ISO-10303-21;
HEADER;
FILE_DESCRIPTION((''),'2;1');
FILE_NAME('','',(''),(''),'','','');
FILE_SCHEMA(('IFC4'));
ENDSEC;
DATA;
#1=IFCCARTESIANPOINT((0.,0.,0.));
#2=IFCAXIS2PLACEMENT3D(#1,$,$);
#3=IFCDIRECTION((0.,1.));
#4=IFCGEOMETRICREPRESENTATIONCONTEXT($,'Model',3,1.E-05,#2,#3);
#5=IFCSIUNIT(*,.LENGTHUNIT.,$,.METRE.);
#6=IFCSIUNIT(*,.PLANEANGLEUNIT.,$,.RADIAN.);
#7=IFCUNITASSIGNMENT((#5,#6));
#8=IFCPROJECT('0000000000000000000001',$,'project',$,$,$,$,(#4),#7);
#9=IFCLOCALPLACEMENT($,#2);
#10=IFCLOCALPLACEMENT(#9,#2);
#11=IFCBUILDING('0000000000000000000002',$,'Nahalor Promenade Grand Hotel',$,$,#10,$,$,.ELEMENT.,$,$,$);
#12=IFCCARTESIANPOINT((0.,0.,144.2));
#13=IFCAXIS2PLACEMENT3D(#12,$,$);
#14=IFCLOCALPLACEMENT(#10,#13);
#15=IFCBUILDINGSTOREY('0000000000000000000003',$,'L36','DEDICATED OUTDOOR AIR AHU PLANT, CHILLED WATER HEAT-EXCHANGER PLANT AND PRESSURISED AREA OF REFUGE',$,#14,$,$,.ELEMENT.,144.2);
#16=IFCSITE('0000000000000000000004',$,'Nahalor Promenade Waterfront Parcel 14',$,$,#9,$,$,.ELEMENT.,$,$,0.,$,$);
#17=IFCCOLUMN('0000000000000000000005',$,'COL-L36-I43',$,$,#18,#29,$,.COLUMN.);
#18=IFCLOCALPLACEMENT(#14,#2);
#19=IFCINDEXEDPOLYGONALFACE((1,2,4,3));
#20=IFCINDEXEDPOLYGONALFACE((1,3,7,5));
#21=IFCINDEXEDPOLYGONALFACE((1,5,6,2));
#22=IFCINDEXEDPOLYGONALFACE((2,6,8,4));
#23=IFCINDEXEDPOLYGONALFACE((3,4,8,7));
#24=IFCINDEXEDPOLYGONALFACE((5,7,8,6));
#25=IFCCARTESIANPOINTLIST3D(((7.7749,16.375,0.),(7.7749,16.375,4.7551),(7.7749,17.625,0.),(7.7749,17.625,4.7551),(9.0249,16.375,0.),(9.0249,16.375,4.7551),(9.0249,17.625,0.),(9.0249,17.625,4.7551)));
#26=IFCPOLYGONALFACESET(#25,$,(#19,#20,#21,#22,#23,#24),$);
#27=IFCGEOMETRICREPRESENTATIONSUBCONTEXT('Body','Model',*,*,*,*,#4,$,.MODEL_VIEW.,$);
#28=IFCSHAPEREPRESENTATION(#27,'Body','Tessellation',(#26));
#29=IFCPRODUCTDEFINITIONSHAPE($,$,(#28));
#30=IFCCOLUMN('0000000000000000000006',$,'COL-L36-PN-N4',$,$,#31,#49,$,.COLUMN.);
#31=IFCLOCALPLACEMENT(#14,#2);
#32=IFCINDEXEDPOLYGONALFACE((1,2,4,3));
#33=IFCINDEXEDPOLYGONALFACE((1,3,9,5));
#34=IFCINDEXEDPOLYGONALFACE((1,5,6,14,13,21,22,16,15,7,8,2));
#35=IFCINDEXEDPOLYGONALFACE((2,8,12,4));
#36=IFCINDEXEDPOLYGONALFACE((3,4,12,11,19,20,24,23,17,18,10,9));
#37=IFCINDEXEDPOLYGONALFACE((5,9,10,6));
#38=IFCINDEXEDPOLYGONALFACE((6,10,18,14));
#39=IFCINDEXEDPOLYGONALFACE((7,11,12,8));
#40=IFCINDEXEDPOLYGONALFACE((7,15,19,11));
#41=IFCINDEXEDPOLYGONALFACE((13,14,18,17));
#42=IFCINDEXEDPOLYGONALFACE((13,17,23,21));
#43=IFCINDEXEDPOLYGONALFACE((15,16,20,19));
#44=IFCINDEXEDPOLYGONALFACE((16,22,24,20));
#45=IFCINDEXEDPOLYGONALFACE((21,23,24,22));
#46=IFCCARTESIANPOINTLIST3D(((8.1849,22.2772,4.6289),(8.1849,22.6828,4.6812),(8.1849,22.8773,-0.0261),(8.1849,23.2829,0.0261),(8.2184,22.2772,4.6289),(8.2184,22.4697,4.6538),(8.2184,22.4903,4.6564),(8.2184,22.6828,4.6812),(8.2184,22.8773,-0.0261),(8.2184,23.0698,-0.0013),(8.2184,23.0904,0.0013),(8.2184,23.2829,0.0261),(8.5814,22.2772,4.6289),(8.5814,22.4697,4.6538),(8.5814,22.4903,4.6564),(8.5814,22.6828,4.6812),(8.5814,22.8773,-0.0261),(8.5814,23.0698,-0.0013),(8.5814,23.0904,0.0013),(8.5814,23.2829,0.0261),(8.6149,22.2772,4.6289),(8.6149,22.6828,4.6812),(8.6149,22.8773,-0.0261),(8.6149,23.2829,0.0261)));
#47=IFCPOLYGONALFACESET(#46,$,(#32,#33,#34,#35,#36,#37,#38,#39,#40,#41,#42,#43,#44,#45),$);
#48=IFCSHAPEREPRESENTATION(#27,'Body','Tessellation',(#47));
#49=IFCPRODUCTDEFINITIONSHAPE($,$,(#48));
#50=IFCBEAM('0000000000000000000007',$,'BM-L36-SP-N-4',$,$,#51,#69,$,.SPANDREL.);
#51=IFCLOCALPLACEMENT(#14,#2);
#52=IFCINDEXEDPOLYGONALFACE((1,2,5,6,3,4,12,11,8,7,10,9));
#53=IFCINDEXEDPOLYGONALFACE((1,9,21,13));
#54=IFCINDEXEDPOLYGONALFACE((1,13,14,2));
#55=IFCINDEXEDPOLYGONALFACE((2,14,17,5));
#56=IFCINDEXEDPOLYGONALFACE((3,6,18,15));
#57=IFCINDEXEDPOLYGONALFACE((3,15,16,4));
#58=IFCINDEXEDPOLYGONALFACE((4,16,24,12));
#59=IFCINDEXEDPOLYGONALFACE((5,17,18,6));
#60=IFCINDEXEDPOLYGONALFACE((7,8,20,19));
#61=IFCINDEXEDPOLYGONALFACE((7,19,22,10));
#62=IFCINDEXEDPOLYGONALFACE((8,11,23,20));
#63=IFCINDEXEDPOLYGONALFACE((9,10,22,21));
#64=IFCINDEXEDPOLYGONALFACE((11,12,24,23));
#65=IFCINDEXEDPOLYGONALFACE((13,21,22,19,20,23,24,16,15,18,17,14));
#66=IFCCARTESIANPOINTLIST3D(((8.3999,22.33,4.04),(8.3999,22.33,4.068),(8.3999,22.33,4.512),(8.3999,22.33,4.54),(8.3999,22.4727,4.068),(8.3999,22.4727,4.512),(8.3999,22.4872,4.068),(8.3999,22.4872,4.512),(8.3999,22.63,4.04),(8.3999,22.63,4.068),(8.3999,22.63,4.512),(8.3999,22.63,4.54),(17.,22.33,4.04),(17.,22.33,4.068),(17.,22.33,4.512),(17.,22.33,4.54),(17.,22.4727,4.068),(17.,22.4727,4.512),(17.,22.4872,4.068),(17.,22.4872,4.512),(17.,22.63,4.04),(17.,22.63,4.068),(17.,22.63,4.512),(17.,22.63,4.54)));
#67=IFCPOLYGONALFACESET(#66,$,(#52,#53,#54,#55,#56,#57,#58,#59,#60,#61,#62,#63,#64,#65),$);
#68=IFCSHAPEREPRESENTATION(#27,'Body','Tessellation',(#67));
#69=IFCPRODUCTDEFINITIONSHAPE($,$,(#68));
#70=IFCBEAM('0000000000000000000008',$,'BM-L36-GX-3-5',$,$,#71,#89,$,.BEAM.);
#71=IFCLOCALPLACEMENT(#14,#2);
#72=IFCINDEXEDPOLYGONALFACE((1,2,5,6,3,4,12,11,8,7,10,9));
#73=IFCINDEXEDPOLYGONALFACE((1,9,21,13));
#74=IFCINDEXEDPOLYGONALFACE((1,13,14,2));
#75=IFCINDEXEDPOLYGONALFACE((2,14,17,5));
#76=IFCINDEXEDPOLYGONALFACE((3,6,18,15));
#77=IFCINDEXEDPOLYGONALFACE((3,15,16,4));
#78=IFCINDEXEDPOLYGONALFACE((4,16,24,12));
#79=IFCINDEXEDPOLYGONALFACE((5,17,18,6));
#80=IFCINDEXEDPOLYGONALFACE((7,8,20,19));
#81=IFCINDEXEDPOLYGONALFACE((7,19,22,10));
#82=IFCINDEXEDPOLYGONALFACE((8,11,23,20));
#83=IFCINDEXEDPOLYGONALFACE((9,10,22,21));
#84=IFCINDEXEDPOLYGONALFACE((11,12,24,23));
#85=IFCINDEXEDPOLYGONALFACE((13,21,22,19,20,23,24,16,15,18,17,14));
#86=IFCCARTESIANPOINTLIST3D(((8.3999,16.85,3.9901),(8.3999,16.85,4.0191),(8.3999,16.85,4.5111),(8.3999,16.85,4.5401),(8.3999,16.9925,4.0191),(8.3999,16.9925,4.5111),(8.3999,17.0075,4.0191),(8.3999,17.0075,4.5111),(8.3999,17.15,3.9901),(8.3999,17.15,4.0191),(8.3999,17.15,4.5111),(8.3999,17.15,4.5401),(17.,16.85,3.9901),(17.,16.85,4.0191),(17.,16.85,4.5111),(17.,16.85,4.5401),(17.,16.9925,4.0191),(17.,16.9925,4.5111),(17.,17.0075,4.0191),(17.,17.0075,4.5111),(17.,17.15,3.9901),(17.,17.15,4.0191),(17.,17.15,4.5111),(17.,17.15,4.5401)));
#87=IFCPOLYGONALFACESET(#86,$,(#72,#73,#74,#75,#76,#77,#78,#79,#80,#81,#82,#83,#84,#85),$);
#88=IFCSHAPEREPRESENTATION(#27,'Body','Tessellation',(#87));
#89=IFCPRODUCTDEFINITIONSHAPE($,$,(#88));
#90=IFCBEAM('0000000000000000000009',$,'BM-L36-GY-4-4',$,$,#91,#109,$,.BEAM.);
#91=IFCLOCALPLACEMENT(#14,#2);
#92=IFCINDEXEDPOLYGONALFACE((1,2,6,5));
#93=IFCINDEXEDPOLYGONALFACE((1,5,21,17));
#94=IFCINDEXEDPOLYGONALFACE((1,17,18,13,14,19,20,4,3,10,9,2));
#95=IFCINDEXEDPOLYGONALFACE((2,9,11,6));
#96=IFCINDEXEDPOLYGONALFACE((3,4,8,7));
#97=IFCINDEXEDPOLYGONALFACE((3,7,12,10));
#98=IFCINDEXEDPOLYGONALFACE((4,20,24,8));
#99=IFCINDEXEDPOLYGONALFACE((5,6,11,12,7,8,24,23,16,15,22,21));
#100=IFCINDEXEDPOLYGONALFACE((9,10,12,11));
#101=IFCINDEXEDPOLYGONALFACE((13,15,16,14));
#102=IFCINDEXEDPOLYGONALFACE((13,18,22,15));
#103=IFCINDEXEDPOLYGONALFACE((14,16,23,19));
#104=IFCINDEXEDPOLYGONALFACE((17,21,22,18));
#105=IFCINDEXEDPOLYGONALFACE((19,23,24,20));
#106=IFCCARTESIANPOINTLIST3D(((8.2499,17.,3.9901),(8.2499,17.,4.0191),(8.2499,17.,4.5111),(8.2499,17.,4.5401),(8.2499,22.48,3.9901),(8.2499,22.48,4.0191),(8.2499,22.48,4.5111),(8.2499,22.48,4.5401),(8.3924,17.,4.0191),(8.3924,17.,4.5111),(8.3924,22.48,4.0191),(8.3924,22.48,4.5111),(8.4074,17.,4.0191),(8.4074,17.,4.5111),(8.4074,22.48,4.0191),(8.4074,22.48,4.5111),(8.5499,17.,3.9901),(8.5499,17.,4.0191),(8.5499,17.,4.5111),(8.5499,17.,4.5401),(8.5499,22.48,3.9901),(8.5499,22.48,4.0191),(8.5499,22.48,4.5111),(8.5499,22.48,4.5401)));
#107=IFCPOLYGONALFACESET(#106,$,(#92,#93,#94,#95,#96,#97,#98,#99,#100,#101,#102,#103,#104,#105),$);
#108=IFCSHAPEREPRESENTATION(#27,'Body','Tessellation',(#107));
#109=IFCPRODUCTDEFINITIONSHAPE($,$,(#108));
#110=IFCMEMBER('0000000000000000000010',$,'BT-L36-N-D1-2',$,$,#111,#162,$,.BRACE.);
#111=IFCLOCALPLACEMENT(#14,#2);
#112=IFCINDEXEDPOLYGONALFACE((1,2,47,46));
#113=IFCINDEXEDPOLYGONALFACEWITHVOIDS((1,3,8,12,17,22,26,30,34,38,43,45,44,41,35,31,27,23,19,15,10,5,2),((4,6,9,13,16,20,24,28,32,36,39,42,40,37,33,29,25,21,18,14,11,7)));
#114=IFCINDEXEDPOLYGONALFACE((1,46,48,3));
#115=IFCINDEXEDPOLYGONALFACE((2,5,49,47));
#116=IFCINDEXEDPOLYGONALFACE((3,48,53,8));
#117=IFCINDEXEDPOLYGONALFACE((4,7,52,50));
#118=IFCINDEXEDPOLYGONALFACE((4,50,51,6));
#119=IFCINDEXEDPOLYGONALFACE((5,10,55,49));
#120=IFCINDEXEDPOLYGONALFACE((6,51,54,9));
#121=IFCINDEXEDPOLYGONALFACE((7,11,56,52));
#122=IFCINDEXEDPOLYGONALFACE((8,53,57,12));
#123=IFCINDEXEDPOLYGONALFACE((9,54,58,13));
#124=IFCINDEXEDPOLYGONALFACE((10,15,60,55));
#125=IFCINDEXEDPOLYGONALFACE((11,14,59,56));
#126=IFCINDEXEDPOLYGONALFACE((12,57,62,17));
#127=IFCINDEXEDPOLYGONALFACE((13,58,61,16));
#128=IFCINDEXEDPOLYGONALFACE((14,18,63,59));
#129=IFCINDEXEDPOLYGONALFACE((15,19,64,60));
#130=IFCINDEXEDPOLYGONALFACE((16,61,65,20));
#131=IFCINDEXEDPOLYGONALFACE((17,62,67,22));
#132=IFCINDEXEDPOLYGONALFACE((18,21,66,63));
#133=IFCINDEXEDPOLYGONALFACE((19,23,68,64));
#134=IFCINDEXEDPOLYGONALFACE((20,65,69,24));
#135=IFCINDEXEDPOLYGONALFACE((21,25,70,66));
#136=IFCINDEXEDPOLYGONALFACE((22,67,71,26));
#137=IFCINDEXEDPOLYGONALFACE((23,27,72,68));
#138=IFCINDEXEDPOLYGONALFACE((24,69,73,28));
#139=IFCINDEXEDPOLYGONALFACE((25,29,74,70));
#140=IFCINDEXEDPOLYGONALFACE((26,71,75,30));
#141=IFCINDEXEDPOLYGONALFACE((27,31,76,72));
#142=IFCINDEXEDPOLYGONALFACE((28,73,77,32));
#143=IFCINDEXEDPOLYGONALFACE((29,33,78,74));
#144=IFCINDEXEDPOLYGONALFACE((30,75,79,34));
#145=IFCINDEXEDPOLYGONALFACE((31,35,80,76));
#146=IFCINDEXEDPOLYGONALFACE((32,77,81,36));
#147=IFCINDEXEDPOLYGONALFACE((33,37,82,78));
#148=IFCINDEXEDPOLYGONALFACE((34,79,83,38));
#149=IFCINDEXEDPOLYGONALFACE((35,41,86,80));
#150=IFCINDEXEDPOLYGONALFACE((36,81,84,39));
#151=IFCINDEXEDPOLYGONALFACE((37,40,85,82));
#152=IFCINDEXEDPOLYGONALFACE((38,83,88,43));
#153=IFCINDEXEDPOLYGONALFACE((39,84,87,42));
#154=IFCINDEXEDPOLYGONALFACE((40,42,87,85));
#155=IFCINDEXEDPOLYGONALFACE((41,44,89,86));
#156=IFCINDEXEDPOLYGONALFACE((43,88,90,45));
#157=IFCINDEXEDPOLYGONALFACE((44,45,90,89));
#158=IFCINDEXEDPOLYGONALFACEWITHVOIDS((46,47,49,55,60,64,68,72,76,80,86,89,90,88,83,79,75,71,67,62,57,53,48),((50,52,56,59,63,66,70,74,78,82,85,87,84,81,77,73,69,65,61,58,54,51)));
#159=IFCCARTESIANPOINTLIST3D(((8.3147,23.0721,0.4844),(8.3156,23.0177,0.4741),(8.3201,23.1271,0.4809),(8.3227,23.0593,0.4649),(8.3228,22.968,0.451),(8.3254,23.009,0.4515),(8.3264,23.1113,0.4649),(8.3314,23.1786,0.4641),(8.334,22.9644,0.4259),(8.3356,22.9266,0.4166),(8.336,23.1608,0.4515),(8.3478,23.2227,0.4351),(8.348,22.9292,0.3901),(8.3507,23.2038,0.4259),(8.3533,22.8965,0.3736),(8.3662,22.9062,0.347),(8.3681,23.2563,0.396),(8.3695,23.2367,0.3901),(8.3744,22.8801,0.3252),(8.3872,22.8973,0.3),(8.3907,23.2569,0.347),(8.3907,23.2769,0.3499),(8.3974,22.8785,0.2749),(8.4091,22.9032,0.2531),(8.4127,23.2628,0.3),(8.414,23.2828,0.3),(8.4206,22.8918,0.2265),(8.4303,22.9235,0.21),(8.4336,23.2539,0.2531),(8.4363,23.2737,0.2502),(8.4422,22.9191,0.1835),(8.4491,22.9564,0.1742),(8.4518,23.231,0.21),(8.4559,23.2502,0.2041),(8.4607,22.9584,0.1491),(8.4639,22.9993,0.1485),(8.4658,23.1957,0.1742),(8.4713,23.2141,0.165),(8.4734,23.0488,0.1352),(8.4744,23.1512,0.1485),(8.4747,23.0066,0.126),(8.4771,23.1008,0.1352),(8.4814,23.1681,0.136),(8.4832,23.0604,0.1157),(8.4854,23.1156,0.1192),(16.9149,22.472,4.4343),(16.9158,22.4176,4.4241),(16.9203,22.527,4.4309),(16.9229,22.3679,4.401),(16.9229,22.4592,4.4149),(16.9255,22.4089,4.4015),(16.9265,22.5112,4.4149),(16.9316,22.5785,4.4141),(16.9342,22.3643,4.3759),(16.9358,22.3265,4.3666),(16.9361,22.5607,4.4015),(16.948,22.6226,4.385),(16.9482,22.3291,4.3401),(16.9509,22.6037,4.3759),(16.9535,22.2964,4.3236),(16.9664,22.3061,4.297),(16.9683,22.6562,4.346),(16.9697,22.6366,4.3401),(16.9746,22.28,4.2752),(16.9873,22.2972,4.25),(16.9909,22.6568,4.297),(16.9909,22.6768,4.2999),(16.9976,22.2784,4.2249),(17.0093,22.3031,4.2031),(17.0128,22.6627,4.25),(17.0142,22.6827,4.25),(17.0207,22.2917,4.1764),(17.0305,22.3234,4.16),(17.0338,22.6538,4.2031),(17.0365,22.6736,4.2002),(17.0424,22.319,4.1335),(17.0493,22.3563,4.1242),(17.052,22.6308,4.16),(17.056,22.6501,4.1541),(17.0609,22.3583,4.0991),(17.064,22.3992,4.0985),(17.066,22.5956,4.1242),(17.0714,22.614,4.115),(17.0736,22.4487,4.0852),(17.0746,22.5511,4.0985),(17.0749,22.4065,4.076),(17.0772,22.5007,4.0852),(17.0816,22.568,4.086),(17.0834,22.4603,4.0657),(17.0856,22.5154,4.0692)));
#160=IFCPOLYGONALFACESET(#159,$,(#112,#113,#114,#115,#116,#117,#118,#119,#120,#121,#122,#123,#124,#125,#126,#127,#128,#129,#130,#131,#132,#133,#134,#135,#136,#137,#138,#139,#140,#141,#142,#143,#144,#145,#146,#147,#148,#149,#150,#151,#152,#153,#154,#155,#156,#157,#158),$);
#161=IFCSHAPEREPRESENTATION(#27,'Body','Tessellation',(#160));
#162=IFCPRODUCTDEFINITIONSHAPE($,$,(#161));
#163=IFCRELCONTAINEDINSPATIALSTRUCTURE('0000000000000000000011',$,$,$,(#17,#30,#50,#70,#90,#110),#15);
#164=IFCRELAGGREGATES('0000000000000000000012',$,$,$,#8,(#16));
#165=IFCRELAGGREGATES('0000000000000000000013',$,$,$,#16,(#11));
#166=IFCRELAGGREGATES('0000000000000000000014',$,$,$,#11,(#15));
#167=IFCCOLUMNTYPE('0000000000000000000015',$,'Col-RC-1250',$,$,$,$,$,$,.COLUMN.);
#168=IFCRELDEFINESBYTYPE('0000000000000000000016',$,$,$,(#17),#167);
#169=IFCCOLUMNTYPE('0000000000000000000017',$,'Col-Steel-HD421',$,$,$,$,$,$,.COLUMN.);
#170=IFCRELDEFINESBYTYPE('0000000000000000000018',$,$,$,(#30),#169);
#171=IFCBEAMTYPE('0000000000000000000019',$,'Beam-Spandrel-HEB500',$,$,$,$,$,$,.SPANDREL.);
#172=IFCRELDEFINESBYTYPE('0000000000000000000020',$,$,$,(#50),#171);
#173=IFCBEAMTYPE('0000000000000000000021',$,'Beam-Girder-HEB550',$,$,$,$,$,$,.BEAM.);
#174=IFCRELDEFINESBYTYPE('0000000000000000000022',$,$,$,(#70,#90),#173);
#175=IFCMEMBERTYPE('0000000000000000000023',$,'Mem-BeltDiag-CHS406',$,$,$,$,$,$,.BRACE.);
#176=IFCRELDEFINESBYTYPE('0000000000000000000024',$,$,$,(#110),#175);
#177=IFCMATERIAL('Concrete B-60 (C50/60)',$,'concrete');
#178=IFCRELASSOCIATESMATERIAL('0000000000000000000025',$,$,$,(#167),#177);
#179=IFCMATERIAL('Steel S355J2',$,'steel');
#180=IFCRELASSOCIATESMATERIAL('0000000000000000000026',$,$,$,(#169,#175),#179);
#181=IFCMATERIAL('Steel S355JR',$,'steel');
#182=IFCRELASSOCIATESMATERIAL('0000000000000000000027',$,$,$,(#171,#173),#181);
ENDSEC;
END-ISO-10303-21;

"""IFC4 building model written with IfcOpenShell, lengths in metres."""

from ifc_helpers import new_model, si_unit, direction, frame, origin, origin_2d, place, context, subcontext, project, spatial, rectangle, hollow_circle, i_section, extrude, source, transform, mapped, material, material_profile, profile_set, type_object, element, save


model = new_model("IFC4")

# Units and contexts
model_context = context("Model", 3, precision=1e-05, world=origin(), true_north=direction((0.0, 1.0)))
body_context = subcontext(model_context, "Body", "Model", "MODEL_VIEW")
ifc_project = project(units=[si_unit("LENGTHUNIT", "METRE"), si_unit("PLANEANGLEUNIT", "RADIAN")], contexts=[model_context])

# Site, building, storey
site_placement = place(None, origin())
site = spatial("IfcSite", under=ifc_project, at=site_placement, Name="Nahalor Promenade Waterfront Parcel 14", CompositionType="ELEMENT", RefElevation=0.0)
building_placement = place(site_placement, origin())
building = spatial("IfcBuilding", under=site, at=building_placement, Name="Nahalor Promenade Grand Hotel", CompositionType="ELEMENT")
storey_placement = place(building_placement, frame((0.0, 0.0, 144.2)))
storey = spatial("IfcBuildingStorey", under=building, at=storey_placement, Name="L36", Description="DEDICATED OUTDOOR AIR AHU PLANT, CHILLED WATER HEAT-EXCHANGER PLANT AND PRESSURISED AREA OF REFUGE", CompositionType="ELEMENT", Elevation=144.2)

# Columns
ifc_material_1 = material(Name="Concrete B-60 (C50/60)", Category="concrete")
ifc_material_profile_1 = material_profile(ifc_material_1, rectangle(XDim=1.25, YDim=1.25, at=origin_2d()), Name="RC 1250x1250")
ifc_profile_set_1 = profile_set([ifc_material_profile_1], Name="Concrete B-60 (C50/60)")
column_type_1 = type_object("IfcColumnType", Name="Col-RC-1250", PredefinedType="COLUMN", material=ifc_profile_set_1)
shared_shape_1 = source(origin(), body_context, "Body", "SweptSolid", [
    extrude(rectangle(XDim=1.25, YDim=1.25, at=origin_2d()), origin(), (0.0, 0.0, 1.0), 4.7551),
])
column_1_placement = place(storey_placement, frame((8.3999, 17.0, 0.0), z_axis=(0.0, 0.0, 1.0), x_axis=(1.0, 0.0, 0.0)))
element("IfcColumn", 1, at=column_1_placement, inside=storey, type_object=column_type_1, Name="COL-L36-I43", PredefinedType="COLUMN", context=body_context, shape_type="MappedRepresentation", body=[
    mapped(shared_shape_1, transform((0.0, 0.0, 0.0), scale=1.0)),
])
ifc_material_2 = material(Name="Steel S355J2", Category="steel")
ifc_material_profile_2 = material_profile(ifc_material_2, i_section(OverallWidth=0.409, OverallDepth=0.43, WebThickness=0.0208, FlangeThickness=0.0335, at=origin_2d()), Name="HD 400x421")
ifc_profile_set_2 = profile_set([ifc_material_profile_2], Name="Steel S355J2")
column_type_2 = type_object("IfcColumnType", Name="Col-Steel-HD421", PredefinedType="COLUMN", material=ifc_profile_set_2)
shared_shape_2 = source(origin(), body_context, "Body", "SweptSolid", [
    extrude(i_section(OverallWidth=0.409, OverallDepth=0.43, WebThickness=0.0208, FlangeThickness=0.0335, at=origin_2d()), origin(), (0.0, 0.0, 1.0), 4.6936),
])
column_2_placement = place(storey_placement, frame((8.3999, 23.0801, 0.0), z_axis=(0.0, -0.127856, 0.991793), x_axis=(0.0, 0.991793, 0.127856)))
element("IfcColumn", 2, at=column_2_placement, inside=storey, type_object=column_type_2, Name="COL-L36-PN-N4", PredefinedType="COLUMN", context=body_context, shape_type="MappedRepresentation", body=[
    mapped(shared_shape_2, transform((0.0, 0.0, 0.0), scale=1.0)),
])

# Beams
ifc_material_3 = material(Name="Steel S355JR", Category="steel")
ifc_material_profile_3 = material_profile(ifc_material_3, i_section(OverallWidth=0.3, OverallDepth=0.5, WebThickness=0.0145, FlangeThickness=0.028, at=origin_2d()), Name="HEB 500")
ifc_profile_set_3 = profile_set([ifc_material_profile_3], Name="Steel S355JR")
beam_type_1 = type_object("IfcBeamType", Name="Beam-Spandrel-HEB500", PredefinedType="SPANDREL", material=ifc_profile_set_3)
shared_shape_3 = source(origin(), body_context, "Body", "SweptSolid", [
    extrude(i_section(OverallWidth=0.3, OverallDepth=0.5, WebThickness=0.0145, FlangeThickness=0.028, at=origin_2d()), origin(), (0.0, 0.0, 1.0), 8.6001),
])
beam_1_placement = place(storey_placement, frame((8.3999, 22.48, 4.29), z_axis=(1.0, 0.0, 0.0), x_axis=(0.0, 1.0, 0.0)))
element("IfcBeam", 3, at=beam_1_placement, inside=storey, type_object=beam_type_1, Name="BM-L36-SP-N-4", PredefinedType="SPANDREL", context=body_context, shape_type="MappedRepresentation", body=[
    mapped(shared_shape_3, transform((0.0, 0.0, 0.0), scale=1.0)),
])
ifc_material_profile_4 = material_profile(ifc_material_3, i_section(OverallWidth=0.3, OverallDepth=0.55, WebThickness=0.015, FlangeThickness=0.029, at=origin_2d()), Name="HEB 550")
ifc_profile_set_4 = profile_set([ifc_material_profile_4], Name="Steel S355JR")
beam_type_2 = type_object("IfcBeamType", Name="Beam-Girder-HEB550", PredefinedType="BEAM", material=ifc_profile_set_4)
shared_shape_4 = source(origin(), body_context, "Body", "SweptSolid", [
    extrude(i_section(OverallWidth=0.3, OverallDepth=0.55, WebThickness=0.015, FlangeThickness=0.029, at=origin_2d()), origin(), (0.0, 0.0, 1.0), 8.6001),
])
beam_2_placement = place(storey_placement, frame((8.3999, 17.0, 4.2651), z_axis=(1.0, 0.0, 0.0), x_axis=(0.0, 1.0, 0.0)))
element("IfcBeam", 4, at=beam_2_placement, inside=storey, type_object=beam_type_2, Name="BM-L36-GX-3-5", PredefinedType="BEAM", context=body_context, shape_type="MappedRepresentation", body=[
    mapped(shared_shape_4, transform((0.0, 0.0, 0.0), scale=1.0)),
])
shared_shape_5 = source(origin(), body_context, "Body", "SweptSolid", [
    extrude(i_section(OverallWidth=0.3, OverallDepth=0.55, WebThickness=0.015, FlangeThickness=0.029, at=origin_2d()), origin(), (0.0, 0.0, 1.0), 5.48),
])
beam_3_placement = place(storey_placement, frame((8.3999, 17.0, 4.2651), z_axis=(0.0, 1.0, 0.0), x_axis=(-1.0, 0.0, 0.0)))
element("IfcBeam", 5, at=beam_3_placement, inside=storey, type_object=beam_type_2, Name="BM-L36-GY-4-4", PredefinedType="BEAM", context=body_context, shape_type="MappedRepresentation", body=[
    mapped(shared_shape_5, transform((0.0, 0.0, 0.0), scale=1.0)),
])

# Member
ifc_material_profile_5 = material_profile(ifc_material_2, hollow_circle(Radius=0.2032, WallThickness=0.02, at=origin_2d()), Name="CHS 406.4x20")
ifc_profile_set_5 = profile_set([ifc_material_profile_5], Name="Steel S355J2")
member_type = type_object("IfcMemberType", Name="Mem-BeltDiag-CHS406", PredefinedType="BRACE", material=ifc_profile_set_5)
shared_shape_6 = source(origin(), body_context, "Body", "SweptSolid", [
    extrude(hollow_circle(Radius=0.2032, WallThickness=0.02, at=origin_2d()), origin(), (0.0, 0.0, 1.0), 9.4829),
])
member_1_placement = place(storey_placement, frame((8.3999, 23.0801, 0.3), z_axis=(0.906913, -0.063283, 0.416538), x_axis=(0.069609, 0.997574, 0.0)))
element("IfcMember", 6, at=member_1_placement, inside=storey, type_object=member_type, Name="BT-L36-N-D1-2", PredefinedType="BRACE", context=body_context, shape_type="MappedRepresentation", body=[
    mapped(shared_shape_6, transform((0.0, 0.0, 0.0), scale=1.0)),
])

save(model, "model.ifc")
